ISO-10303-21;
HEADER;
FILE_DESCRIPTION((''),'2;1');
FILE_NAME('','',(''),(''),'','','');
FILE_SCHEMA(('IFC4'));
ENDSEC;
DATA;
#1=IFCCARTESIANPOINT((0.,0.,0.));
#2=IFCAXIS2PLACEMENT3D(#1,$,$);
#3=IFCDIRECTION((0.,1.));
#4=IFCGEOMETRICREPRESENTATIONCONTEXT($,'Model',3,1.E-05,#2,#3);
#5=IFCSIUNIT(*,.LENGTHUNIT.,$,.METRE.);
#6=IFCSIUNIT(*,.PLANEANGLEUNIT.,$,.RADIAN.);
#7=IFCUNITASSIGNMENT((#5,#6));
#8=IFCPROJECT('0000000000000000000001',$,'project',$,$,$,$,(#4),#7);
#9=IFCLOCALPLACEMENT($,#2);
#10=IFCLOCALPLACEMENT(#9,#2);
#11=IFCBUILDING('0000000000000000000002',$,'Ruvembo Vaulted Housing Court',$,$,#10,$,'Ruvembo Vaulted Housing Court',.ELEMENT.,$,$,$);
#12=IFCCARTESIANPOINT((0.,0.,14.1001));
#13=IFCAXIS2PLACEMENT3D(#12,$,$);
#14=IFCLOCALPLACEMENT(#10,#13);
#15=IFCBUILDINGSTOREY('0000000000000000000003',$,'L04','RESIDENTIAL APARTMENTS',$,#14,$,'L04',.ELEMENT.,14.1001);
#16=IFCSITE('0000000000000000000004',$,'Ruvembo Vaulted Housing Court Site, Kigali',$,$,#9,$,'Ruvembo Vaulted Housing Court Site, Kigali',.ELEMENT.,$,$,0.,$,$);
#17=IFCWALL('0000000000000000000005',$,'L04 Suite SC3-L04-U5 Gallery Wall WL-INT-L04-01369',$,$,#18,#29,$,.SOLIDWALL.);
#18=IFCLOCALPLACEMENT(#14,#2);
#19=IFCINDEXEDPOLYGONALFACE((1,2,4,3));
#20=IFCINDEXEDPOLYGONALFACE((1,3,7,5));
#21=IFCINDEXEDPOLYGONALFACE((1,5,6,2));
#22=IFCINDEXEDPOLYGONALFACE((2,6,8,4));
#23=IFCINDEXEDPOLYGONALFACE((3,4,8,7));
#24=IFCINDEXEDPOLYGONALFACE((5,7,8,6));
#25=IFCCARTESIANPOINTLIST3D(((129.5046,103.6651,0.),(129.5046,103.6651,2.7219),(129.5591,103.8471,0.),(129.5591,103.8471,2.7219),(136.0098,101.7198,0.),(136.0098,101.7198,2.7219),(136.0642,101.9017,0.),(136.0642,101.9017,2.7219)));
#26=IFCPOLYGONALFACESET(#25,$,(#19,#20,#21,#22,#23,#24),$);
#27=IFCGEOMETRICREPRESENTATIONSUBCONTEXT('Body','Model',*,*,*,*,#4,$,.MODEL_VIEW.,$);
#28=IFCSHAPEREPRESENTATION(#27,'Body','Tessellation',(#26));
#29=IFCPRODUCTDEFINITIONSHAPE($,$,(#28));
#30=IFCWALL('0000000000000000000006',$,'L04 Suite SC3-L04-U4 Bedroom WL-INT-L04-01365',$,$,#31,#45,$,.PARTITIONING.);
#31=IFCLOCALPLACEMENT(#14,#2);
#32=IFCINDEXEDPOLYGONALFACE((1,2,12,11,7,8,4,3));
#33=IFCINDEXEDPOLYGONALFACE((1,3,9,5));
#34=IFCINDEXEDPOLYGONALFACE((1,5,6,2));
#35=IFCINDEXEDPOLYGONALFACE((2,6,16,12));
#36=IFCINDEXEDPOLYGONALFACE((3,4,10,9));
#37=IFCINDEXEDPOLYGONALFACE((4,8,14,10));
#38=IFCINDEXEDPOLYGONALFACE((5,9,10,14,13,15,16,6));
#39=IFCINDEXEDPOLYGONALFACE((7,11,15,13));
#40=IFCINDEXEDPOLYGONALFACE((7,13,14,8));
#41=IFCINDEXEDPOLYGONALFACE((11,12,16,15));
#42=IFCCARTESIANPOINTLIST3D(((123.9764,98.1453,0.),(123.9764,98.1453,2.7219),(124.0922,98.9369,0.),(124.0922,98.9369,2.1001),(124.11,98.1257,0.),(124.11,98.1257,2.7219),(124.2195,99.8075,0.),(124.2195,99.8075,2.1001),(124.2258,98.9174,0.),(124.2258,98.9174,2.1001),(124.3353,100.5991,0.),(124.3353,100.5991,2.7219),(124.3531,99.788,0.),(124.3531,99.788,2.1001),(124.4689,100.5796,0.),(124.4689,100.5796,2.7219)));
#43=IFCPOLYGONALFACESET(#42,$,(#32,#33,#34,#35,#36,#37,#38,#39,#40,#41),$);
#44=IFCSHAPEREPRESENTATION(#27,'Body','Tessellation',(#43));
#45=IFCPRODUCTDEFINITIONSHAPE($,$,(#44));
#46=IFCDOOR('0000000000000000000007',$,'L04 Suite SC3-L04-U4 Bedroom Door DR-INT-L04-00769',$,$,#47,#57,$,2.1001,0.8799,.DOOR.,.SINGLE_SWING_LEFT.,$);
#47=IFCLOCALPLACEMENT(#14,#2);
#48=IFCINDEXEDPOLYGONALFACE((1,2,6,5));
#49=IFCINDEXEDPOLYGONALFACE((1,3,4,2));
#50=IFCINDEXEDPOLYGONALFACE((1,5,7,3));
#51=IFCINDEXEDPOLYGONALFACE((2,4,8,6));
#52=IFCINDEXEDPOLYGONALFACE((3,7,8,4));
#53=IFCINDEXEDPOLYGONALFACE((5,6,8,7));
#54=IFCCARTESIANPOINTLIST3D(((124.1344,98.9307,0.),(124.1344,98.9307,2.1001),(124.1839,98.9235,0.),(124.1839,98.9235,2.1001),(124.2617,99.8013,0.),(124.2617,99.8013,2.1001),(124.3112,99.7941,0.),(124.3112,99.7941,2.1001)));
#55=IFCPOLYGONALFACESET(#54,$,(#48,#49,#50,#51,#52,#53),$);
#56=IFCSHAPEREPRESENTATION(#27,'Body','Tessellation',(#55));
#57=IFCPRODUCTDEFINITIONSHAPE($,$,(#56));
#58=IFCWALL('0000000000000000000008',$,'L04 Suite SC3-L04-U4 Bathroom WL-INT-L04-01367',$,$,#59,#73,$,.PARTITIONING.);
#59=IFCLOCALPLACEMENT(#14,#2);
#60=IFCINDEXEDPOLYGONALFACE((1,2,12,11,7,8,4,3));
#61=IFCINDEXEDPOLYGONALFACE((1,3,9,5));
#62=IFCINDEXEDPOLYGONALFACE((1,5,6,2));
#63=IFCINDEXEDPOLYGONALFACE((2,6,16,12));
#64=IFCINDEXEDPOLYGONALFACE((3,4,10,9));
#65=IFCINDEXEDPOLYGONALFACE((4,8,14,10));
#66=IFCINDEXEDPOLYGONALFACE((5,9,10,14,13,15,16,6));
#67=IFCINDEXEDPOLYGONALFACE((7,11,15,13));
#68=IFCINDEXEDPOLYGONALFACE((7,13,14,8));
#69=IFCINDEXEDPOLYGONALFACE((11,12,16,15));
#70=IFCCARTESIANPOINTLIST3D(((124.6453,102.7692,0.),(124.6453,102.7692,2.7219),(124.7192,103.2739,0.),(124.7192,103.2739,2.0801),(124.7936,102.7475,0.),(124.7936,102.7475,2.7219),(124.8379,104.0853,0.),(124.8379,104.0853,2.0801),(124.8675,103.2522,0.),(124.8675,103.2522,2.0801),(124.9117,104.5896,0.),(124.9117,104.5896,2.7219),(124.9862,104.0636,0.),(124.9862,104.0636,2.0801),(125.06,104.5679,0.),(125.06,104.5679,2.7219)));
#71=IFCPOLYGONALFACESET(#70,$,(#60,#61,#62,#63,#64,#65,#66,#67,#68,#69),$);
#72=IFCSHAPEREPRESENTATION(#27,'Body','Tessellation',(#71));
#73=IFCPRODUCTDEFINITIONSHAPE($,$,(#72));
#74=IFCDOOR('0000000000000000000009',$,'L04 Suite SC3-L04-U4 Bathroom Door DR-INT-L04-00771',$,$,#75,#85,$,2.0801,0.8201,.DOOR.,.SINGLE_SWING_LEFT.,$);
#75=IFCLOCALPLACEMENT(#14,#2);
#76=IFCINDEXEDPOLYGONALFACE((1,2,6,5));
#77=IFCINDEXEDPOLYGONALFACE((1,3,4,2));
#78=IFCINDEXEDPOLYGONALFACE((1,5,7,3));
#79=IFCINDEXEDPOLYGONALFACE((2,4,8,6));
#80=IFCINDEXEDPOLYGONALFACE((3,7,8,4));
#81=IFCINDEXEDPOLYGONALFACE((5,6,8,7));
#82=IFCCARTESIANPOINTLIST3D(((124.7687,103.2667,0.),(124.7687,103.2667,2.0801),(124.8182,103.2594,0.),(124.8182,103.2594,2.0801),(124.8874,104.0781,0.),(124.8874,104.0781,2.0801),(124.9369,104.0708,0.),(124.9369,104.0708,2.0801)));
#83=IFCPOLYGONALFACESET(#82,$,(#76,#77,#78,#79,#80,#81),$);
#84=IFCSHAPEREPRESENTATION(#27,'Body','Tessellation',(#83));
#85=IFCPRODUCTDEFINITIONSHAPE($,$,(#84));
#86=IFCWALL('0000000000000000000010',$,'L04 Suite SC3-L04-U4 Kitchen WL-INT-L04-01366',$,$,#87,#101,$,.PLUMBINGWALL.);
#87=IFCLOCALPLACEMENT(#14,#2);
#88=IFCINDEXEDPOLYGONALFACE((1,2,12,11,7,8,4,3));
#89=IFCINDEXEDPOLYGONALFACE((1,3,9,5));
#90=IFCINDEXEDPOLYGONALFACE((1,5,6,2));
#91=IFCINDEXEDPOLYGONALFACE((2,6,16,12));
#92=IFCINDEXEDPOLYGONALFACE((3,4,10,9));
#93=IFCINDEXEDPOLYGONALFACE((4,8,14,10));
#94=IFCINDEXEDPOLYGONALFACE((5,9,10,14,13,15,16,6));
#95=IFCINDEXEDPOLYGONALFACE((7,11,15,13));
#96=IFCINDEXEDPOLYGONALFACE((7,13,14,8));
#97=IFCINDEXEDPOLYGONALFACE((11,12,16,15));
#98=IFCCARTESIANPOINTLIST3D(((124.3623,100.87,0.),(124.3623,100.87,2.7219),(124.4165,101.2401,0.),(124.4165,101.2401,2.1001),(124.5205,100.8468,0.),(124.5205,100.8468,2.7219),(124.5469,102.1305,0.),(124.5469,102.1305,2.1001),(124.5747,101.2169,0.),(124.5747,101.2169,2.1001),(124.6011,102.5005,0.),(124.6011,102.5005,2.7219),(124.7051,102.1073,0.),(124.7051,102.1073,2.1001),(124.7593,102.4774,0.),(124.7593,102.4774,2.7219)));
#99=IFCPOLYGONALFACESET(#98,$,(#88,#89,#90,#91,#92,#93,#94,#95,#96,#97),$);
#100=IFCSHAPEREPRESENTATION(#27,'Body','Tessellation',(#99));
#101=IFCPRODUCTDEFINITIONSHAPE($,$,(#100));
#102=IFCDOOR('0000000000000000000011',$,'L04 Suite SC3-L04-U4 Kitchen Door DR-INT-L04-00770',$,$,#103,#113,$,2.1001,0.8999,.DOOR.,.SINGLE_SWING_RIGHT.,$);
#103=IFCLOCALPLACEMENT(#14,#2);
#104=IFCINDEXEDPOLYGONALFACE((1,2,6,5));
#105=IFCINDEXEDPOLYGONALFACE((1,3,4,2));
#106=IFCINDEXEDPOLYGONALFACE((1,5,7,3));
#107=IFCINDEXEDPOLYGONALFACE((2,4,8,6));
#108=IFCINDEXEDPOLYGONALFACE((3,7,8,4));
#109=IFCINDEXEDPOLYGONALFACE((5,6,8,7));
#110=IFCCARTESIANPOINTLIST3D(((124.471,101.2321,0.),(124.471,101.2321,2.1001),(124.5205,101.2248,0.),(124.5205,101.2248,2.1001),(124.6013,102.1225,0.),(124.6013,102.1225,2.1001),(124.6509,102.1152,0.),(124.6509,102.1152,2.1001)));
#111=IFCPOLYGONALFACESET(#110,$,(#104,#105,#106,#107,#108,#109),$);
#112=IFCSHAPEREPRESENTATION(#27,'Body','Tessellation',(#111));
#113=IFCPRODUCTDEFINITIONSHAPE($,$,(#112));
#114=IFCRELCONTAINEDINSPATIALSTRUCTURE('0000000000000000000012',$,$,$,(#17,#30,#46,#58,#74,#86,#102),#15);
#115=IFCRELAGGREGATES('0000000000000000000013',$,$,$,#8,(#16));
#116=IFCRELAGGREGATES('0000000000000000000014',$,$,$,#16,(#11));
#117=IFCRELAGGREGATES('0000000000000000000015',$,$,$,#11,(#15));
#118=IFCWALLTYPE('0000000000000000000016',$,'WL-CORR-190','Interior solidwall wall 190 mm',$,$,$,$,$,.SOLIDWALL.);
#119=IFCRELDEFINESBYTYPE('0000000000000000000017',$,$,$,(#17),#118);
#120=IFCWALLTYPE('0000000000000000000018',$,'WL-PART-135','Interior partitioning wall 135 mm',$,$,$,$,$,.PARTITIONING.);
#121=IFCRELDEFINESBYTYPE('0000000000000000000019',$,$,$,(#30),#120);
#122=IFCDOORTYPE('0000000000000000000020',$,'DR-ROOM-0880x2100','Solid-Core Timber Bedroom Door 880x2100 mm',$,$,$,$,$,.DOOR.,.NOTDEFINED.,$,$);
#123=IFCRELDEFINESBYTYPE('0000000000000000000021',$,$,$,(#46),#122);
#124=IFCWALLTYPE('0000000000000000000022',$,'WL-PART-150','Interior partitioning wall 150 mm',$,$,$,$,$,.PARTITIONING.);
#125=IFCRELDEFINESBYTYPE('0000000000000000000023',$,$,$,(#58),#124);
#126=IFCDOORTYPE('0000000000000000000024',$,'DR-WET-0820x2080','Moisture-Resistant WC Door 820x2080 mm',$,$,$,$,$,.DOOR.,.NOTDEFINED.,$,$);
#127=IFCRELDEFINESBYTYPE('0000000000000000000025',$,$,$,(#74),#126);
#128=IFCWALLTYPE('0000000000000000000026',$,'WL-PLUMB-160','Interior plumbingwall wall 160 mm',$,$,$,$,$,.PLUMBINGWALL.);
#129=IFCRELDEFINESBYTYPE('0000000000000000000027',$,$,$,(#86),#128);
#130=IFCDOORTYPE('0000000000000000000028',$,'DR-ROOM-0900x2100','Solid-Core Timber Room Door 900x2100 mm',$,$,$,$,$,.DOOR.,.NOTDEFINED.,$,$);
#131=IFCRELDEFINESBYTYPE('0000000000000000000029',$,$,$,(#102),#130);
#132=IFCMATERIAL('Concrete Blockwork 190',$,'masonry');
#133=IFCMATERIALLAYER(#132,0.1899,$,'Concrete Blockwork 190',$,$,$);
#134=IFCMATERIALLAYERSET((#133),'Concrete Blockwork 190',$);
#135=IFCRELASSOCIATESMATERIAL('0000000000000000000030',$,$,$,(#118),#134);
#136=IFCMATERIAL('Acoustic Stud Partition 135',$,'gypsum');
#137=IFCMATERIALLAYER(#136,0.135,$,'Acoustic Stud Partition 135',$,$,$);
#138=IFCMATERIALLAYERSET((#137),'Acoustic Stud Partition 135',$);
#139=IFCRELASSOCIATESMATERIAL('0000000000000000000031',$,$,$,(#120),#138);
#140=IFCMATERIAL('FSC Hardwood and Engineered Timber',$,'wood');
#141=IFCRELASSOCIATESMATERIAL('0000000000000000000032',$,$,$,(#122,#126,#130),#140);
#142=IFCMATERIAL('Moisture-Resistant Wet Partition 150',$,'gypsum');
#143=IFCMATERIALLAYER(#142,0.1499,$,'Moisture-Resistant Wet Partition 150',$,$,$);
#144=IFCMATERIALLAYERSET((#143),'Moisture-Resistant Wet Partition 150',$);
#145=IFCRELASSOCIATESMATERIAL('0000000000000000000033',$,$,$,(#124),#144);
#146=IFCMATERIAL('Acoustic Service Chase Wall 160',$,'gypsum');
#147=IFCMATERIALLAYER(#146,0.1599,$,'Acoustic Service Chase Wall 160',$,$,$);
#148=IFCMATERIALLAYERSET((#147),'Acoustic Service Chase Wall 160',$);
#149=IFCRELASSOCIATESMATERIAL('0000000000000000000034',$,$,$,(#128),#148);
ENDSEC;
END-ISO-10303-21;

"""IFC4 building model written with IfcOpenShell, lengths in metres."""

from ifc_helpers import new_model, si_unit, direction, frame, frame_2d, origin, place, context, subcontext, project, spatial, rectangle, extrude, material, layer, layer_set, type_object, element, fill, save


model = new_model("IFC4")

# Units and contexts
model_context = context("Model", 3, precision=1e-05, world=origin(), true_north=direction((0.0, 1.0)))
body_context = subcontext(model_context, "Body", "Model", "MODEL_VIEW")
ifc_project = project(units=[si_unit("LENGTHUNIT", "METRE"), si_unit("PLANEANGLEUNIT", "RADIAN")], contexts=[model_context])

# Site, building, storey
site_placement = place(None, origin())
site = spatial("IfcSite", under=ifc_project, at=site_placement, Name="Ruvembo Vaulted Housing Court Site, Kigali", LongName="Ruvembo Vaulted Housing Court Site, Kigali", CompositionType="ELEMENT", RefElevation=0.0)
building_placement = place(site_placement, origin())
building = spatial("IfcBuilding", under=site, at=building_placement, Name="Ruvembo Vaulted Housing Court", LongName="Ruvembo Vaulted Housing Court", CompositionType="ELEMENT")
storey_placement = place(building_placement, frame((0.0, 0.0, 14.1001)))
storey = spatial("IfcBuildingStorey", under=building, at=storey_placement, Name="L04", Description="RESIDENTIAL APARTMENTS", LongName="L04", CompositionType="ELEMENT", Elevation=14.1001)

# Shared definitions
ifc_material_1 = material(Name="Concrete Blockwork 190", Category="masonry")
ifc_layer_1 = layer(ifc_material_1, 0.1899, Name="Concrete Blockwork 190")
ifc_layer_set_1 = layer_set([ifc_layer_1], Name="Concrete Blockwork 190")
wall_type_1 = type_object("IfcWallType", Name="WL-CORR-190", Description="Interior solidwall wall 190 mm", PredefinedType="SOLIDWALL", material=ifc_layer_set_1)
ifc_material_2 = material(Name="FSC Hardwood and Engineered Timber", Category="wood")

# Wall
wall_1_placement = place(storey_placement, frame((129.5317, 103.7561, 0.0), z_axis=(0.0, 0.0, 1.0), x_axis=(0.958078, -0.286507, 0.0)))
element("IfcWall", 1, at=wall_1_placement, inside=storey, type_object=wall_type_1, Name="L04 Suite SC3-L04-U5 Gallery Wall WL-INT-L04-01369", PredefinedType="SOLIDWALL", context=body_context, shape_type="SweptSolid", body=[
    extrude(rectangle(XDim=6.7898, YDim=0.1899, at=frame_2d((3.395, 0.0))), origin(), (0.0, 0.0, 1.0), 2.7219),
])

# Walls, openings, doors
ifc_material_3 = material(Name="Acoustic Stud Partition 135", Category="gypsum")
ifc_layer_2 = layer(ifc_material_3, 0.135, Name="Acoustic Stud Partition 135")
ifc_layer_set_2 = layer_set([ifc_layer_2], Name="Acoustic Stud Partition 135")
wall_type_2 = type_object("IfcWallType", Name="WL-PART-135", Description="Interior partitioning wall 135 mm", PredefinedType="PARTITIONING", material=ifc_layer_set_2)
wall_2_placement = place(storey_placement, frame((124.0432, 98.1355, 0.0), z_axis=(0.0, 0.0, 1.0), x_axis=(0.144715, 0.989473, 0.0)))
wall_2 = element("IfcWall", 2, at=wall_2_placement, inside=storey, type_object=wall_type_2, Name="L04 Suite SC3-L04-U4 Bedroom WL-INT-L04-01365", PredefinedType="PARTITIONING", context=body_context, shape_type="SweptSolid", body=[
    extrude(rectangle(XDim=2.48, YDim=0.135, at=frame_2d((1.24, 0.0))), origin(), (0.0, 0.0, 1.0), 2.7219),
])
opening_1_placement = place(wall_2_placement, frame((0.8, 0.0, 0.0)))
opening_1 = element("IfcOpeningElement", 3, at=opening_1_placement, cuts=wall_2, PredefinedType="OPENING", context=body_context, shape_type="SweptSolid", body=[
    extrude(rectangle(XDim=0.8799, YDim=2.1001, at=frame_2d((0.4399, 1.05))), frame((0.0, 0.0774, 0.0), z_axis=(0.0, -1.0, 0.0), x_axis=(1.0, 0.0, 0.0)), (0.0, 0.0, 1.0), 0.155),
])
door_type_1 = type_object("IfcDoorType", Name="DR-ROOM-0880x2100", Description="Solid-Core Timber Bedroom Door 880x2100 mm", OperationType="NOTDEFINED", PredefinedType="DOOR", material=ifc_material_2)
door_1_placement = place(opening_1_placement, origin())
door_1 = element("IfcDoor", 4, at=door_1_placement, inside=storey, type_object=door_type_1, Name="L04 Suite SC3-L04-U4 Bedroom Door DR-INT-L04-00769", OperationType="SINGLE_SWING_LEFT", OverallHeight=2.1001, OverallWidth=0.8799, PredefinedType="DOOR", context=body_context, shape_type="SweptSolid", body=[
    extrude(rectangle(XDim=0.8799, YDim=2.1001, at=frame_2d((0.4399, 1.05))), frame((0.0, 0.0249, 0.0), z_axis=(0.0, -1.0, 0.0), x_axis=(1.0, 0.0, 0.0)), (0.0, 0.0, 1.0), 0.05),
])
fill(opening_1, door_1)
ifc_material_4 = material(Name="Moisture-Resistant Wet Partition 150", Category="gypsum")
ifc_layer_3 = layer(ifc_material_4, 0.1499, Name="Moisture-Resistant Wet Partition 150")
ifc_layer_set_3 = layer_set([ifc_layer_3], Name="Moisture-Resistant Wet Partition 150")
wall_type_3 = type_object("IfcWallType", Name="WL-PART-150", Description="Interior partitioning wall 150 mm", PredefinedType="PARTITIONING", material=ifc_layer_set_3)
wall_3_placement = place(storey_placement, frame((124.7195, 102.7583, 0.0), z_axis=(0.0, 0.0, 1.0), x_axis=(0.144764, 0.989466, 0.0)))
wall_3 = element("IfcWall", 5, at=wall_3_placement, inside=storey, type_object=wall_type_3, Name="L04 Suite SC3-L04-U4 Bathroom WL-INT-L04-01367", PredefinedType="PARTITIONING", context=body_context, shape_type="SweptSolid", body=[
    extrude(rectangle(XDim=1.8398, YDim=0.1499, at=frame_2d((0.9199, 0.0))), origin(), (0.0, 0.0, 1.0), 2.7219),
])
opening_2_placement = place(wall_3_placement, frame((0.51, 0.0, 0.0)))
opening_2 = element("IfcOpeningElement", 6, at=opening_2_placement, cuts=wall_3, PredefinedType="OPENING", context=body_context, shape_type="SweptSolid", body=[
    extrude(rectangle(XDim=0.8201, YDim=2.0801, at=frame_2d((0.4102, 1.04))), frame((0.0, 0.085, 0.0), z_axis=(0.0, -1.0, 0.0), x_axis=(1.0, 0.0, 0.0)), (0.0, 0.0, 1.0), 0.1699),
])
door_type_2 = type_object("IfcDoorType", Name="DR-WET-0820x2080", Description="Moisture-Resistant WC Door 820x2080 mm", OperationType="NOTDEFINED", PredefinedType="DOOR", material=ifc_material_2)
door_2_placement = place(opening_2_placement, origin())
door_2 = element("IfcDoor", 7, at=door_2_placement, inside=storey, type_object=door_type_2, Name="L04 Suite SC3-L04-U4 Bathroom Door DR-INT-L04-00771", OperationType="SINGLE_SWING_LEFT", OverallHeight=2.0801, OverallWidth=0.8201, PredefinedType="DOOR", context=body_context, shape_type="SweptSolid", body=[
    extrude(rectangle(XDim=0.8201, YDim=2.0801, at=frame_2d((0.4102, 1.04))), frame((0.0, 0.0249, 0.0), z_axis=(0.0, -1.0, 0.0), x_axis=(1.0, 0.0, 0.0)), (0.0, 0.0, 1.0), 0.05),
])
fill(opening_2, door_2)
ifc_material_5 = material(Name="Acoustic Service Chase Wall 160", Category="gypsum")
ifc_layer_4 = layer(ifc_material_5, 0.1599, Name="Acoustic Service Chase Wall 160")
ifc_layer_set_4 = layer_set([ifc_layer_4], Name="Acoustic Service Chase Wall 160")
wall_type_4 = type_object("IfcWallType", Name="WL-PLUMB-160", Description="Interior plumbingwall wall 160 mm", PredefinedType="PLUMBINGWALL", material=ifc_layer_set_4)
wall_4_placement = place(storey_placement, frame((124.4414, 100.8584, 0.0), z_axis=(0.0, 0.0, 1.0), x_axis=(0.144884, 0.989449, 0.0)))
wall_4 = element("IfcWall", 8, at=wall_4_placement, inside=storey, type_object=wall_type_4, Name="L04 Suite SC3-L04-U4 Kitchen WL-INT-L04-01366", PredefinedType="PLUMBINGWALL", context=body_context, shape_type="SweptSolid", body=[
    extrude(rectangle(XDim=1.6479, YDim=0.1599, at=frame_2d((0.824, 0.0))), origin(), (0.0, 0.0, 1.0), 2.7219),
])
opening_3_placement = place(wall_4_placement, frame((0.374, 0.0, 0.0)))
opening_3 = element("IfcOpeningElement", 9, at=opening_3_placement, cuts=wall_4, PredefinedType="OPENING", context=body_context, shape_type="SweptSolid", body=[
    extrude(rectangle(XDim=0.8999, YDim=2.1001, at=frame_2d((0.45, 1.05))), frame((0.0, 0.0898, 0.0), z_axis=(0.0, -1.0, 0.0), x_axis=(1.0, 0.0, 0.0)), (0.0, 0.0, 1.0), 0.1799),
])
door_type_3 = type_object("IfcDoorType", Name="DR-ROOM-0900x2100", Description="Solid-Core Timber Room Door 900x2100 mm", OperationType="NOTDEFINED", PredefinedType="DOOR", material=ifc_material_2)
door_3_placement = place(opening_3_placement, origin())
door_3 = element("IfcDoor", 10, at=door_3_placement, inside=storey, type_object=door_type_3, Name="L04 Suite SC3-L04-U4 Kitchen Door DR-INT-L04-00770", OperationType="SINGLE_SWING_RIGHT", OverallHeight=2.1001, OverallWidth=0.8999, PredefinedType="DOOR", context=body_context, shape_type="SweptSolid", body=[
    extrude(rectangle(XDim=0.8999, YDim=2.1001, at=frame_2d((0.45, 1.05))), frame((0.0, 0.0249, 0.0), z_axis=(0.0, -1.0, 0.0), x_axis=(1.0, 0.0, 0.0)), (0.0, 0.0, 1.0), 0.05),
])
fill(opening_3, door_3)

save(model, "model.ifc")
